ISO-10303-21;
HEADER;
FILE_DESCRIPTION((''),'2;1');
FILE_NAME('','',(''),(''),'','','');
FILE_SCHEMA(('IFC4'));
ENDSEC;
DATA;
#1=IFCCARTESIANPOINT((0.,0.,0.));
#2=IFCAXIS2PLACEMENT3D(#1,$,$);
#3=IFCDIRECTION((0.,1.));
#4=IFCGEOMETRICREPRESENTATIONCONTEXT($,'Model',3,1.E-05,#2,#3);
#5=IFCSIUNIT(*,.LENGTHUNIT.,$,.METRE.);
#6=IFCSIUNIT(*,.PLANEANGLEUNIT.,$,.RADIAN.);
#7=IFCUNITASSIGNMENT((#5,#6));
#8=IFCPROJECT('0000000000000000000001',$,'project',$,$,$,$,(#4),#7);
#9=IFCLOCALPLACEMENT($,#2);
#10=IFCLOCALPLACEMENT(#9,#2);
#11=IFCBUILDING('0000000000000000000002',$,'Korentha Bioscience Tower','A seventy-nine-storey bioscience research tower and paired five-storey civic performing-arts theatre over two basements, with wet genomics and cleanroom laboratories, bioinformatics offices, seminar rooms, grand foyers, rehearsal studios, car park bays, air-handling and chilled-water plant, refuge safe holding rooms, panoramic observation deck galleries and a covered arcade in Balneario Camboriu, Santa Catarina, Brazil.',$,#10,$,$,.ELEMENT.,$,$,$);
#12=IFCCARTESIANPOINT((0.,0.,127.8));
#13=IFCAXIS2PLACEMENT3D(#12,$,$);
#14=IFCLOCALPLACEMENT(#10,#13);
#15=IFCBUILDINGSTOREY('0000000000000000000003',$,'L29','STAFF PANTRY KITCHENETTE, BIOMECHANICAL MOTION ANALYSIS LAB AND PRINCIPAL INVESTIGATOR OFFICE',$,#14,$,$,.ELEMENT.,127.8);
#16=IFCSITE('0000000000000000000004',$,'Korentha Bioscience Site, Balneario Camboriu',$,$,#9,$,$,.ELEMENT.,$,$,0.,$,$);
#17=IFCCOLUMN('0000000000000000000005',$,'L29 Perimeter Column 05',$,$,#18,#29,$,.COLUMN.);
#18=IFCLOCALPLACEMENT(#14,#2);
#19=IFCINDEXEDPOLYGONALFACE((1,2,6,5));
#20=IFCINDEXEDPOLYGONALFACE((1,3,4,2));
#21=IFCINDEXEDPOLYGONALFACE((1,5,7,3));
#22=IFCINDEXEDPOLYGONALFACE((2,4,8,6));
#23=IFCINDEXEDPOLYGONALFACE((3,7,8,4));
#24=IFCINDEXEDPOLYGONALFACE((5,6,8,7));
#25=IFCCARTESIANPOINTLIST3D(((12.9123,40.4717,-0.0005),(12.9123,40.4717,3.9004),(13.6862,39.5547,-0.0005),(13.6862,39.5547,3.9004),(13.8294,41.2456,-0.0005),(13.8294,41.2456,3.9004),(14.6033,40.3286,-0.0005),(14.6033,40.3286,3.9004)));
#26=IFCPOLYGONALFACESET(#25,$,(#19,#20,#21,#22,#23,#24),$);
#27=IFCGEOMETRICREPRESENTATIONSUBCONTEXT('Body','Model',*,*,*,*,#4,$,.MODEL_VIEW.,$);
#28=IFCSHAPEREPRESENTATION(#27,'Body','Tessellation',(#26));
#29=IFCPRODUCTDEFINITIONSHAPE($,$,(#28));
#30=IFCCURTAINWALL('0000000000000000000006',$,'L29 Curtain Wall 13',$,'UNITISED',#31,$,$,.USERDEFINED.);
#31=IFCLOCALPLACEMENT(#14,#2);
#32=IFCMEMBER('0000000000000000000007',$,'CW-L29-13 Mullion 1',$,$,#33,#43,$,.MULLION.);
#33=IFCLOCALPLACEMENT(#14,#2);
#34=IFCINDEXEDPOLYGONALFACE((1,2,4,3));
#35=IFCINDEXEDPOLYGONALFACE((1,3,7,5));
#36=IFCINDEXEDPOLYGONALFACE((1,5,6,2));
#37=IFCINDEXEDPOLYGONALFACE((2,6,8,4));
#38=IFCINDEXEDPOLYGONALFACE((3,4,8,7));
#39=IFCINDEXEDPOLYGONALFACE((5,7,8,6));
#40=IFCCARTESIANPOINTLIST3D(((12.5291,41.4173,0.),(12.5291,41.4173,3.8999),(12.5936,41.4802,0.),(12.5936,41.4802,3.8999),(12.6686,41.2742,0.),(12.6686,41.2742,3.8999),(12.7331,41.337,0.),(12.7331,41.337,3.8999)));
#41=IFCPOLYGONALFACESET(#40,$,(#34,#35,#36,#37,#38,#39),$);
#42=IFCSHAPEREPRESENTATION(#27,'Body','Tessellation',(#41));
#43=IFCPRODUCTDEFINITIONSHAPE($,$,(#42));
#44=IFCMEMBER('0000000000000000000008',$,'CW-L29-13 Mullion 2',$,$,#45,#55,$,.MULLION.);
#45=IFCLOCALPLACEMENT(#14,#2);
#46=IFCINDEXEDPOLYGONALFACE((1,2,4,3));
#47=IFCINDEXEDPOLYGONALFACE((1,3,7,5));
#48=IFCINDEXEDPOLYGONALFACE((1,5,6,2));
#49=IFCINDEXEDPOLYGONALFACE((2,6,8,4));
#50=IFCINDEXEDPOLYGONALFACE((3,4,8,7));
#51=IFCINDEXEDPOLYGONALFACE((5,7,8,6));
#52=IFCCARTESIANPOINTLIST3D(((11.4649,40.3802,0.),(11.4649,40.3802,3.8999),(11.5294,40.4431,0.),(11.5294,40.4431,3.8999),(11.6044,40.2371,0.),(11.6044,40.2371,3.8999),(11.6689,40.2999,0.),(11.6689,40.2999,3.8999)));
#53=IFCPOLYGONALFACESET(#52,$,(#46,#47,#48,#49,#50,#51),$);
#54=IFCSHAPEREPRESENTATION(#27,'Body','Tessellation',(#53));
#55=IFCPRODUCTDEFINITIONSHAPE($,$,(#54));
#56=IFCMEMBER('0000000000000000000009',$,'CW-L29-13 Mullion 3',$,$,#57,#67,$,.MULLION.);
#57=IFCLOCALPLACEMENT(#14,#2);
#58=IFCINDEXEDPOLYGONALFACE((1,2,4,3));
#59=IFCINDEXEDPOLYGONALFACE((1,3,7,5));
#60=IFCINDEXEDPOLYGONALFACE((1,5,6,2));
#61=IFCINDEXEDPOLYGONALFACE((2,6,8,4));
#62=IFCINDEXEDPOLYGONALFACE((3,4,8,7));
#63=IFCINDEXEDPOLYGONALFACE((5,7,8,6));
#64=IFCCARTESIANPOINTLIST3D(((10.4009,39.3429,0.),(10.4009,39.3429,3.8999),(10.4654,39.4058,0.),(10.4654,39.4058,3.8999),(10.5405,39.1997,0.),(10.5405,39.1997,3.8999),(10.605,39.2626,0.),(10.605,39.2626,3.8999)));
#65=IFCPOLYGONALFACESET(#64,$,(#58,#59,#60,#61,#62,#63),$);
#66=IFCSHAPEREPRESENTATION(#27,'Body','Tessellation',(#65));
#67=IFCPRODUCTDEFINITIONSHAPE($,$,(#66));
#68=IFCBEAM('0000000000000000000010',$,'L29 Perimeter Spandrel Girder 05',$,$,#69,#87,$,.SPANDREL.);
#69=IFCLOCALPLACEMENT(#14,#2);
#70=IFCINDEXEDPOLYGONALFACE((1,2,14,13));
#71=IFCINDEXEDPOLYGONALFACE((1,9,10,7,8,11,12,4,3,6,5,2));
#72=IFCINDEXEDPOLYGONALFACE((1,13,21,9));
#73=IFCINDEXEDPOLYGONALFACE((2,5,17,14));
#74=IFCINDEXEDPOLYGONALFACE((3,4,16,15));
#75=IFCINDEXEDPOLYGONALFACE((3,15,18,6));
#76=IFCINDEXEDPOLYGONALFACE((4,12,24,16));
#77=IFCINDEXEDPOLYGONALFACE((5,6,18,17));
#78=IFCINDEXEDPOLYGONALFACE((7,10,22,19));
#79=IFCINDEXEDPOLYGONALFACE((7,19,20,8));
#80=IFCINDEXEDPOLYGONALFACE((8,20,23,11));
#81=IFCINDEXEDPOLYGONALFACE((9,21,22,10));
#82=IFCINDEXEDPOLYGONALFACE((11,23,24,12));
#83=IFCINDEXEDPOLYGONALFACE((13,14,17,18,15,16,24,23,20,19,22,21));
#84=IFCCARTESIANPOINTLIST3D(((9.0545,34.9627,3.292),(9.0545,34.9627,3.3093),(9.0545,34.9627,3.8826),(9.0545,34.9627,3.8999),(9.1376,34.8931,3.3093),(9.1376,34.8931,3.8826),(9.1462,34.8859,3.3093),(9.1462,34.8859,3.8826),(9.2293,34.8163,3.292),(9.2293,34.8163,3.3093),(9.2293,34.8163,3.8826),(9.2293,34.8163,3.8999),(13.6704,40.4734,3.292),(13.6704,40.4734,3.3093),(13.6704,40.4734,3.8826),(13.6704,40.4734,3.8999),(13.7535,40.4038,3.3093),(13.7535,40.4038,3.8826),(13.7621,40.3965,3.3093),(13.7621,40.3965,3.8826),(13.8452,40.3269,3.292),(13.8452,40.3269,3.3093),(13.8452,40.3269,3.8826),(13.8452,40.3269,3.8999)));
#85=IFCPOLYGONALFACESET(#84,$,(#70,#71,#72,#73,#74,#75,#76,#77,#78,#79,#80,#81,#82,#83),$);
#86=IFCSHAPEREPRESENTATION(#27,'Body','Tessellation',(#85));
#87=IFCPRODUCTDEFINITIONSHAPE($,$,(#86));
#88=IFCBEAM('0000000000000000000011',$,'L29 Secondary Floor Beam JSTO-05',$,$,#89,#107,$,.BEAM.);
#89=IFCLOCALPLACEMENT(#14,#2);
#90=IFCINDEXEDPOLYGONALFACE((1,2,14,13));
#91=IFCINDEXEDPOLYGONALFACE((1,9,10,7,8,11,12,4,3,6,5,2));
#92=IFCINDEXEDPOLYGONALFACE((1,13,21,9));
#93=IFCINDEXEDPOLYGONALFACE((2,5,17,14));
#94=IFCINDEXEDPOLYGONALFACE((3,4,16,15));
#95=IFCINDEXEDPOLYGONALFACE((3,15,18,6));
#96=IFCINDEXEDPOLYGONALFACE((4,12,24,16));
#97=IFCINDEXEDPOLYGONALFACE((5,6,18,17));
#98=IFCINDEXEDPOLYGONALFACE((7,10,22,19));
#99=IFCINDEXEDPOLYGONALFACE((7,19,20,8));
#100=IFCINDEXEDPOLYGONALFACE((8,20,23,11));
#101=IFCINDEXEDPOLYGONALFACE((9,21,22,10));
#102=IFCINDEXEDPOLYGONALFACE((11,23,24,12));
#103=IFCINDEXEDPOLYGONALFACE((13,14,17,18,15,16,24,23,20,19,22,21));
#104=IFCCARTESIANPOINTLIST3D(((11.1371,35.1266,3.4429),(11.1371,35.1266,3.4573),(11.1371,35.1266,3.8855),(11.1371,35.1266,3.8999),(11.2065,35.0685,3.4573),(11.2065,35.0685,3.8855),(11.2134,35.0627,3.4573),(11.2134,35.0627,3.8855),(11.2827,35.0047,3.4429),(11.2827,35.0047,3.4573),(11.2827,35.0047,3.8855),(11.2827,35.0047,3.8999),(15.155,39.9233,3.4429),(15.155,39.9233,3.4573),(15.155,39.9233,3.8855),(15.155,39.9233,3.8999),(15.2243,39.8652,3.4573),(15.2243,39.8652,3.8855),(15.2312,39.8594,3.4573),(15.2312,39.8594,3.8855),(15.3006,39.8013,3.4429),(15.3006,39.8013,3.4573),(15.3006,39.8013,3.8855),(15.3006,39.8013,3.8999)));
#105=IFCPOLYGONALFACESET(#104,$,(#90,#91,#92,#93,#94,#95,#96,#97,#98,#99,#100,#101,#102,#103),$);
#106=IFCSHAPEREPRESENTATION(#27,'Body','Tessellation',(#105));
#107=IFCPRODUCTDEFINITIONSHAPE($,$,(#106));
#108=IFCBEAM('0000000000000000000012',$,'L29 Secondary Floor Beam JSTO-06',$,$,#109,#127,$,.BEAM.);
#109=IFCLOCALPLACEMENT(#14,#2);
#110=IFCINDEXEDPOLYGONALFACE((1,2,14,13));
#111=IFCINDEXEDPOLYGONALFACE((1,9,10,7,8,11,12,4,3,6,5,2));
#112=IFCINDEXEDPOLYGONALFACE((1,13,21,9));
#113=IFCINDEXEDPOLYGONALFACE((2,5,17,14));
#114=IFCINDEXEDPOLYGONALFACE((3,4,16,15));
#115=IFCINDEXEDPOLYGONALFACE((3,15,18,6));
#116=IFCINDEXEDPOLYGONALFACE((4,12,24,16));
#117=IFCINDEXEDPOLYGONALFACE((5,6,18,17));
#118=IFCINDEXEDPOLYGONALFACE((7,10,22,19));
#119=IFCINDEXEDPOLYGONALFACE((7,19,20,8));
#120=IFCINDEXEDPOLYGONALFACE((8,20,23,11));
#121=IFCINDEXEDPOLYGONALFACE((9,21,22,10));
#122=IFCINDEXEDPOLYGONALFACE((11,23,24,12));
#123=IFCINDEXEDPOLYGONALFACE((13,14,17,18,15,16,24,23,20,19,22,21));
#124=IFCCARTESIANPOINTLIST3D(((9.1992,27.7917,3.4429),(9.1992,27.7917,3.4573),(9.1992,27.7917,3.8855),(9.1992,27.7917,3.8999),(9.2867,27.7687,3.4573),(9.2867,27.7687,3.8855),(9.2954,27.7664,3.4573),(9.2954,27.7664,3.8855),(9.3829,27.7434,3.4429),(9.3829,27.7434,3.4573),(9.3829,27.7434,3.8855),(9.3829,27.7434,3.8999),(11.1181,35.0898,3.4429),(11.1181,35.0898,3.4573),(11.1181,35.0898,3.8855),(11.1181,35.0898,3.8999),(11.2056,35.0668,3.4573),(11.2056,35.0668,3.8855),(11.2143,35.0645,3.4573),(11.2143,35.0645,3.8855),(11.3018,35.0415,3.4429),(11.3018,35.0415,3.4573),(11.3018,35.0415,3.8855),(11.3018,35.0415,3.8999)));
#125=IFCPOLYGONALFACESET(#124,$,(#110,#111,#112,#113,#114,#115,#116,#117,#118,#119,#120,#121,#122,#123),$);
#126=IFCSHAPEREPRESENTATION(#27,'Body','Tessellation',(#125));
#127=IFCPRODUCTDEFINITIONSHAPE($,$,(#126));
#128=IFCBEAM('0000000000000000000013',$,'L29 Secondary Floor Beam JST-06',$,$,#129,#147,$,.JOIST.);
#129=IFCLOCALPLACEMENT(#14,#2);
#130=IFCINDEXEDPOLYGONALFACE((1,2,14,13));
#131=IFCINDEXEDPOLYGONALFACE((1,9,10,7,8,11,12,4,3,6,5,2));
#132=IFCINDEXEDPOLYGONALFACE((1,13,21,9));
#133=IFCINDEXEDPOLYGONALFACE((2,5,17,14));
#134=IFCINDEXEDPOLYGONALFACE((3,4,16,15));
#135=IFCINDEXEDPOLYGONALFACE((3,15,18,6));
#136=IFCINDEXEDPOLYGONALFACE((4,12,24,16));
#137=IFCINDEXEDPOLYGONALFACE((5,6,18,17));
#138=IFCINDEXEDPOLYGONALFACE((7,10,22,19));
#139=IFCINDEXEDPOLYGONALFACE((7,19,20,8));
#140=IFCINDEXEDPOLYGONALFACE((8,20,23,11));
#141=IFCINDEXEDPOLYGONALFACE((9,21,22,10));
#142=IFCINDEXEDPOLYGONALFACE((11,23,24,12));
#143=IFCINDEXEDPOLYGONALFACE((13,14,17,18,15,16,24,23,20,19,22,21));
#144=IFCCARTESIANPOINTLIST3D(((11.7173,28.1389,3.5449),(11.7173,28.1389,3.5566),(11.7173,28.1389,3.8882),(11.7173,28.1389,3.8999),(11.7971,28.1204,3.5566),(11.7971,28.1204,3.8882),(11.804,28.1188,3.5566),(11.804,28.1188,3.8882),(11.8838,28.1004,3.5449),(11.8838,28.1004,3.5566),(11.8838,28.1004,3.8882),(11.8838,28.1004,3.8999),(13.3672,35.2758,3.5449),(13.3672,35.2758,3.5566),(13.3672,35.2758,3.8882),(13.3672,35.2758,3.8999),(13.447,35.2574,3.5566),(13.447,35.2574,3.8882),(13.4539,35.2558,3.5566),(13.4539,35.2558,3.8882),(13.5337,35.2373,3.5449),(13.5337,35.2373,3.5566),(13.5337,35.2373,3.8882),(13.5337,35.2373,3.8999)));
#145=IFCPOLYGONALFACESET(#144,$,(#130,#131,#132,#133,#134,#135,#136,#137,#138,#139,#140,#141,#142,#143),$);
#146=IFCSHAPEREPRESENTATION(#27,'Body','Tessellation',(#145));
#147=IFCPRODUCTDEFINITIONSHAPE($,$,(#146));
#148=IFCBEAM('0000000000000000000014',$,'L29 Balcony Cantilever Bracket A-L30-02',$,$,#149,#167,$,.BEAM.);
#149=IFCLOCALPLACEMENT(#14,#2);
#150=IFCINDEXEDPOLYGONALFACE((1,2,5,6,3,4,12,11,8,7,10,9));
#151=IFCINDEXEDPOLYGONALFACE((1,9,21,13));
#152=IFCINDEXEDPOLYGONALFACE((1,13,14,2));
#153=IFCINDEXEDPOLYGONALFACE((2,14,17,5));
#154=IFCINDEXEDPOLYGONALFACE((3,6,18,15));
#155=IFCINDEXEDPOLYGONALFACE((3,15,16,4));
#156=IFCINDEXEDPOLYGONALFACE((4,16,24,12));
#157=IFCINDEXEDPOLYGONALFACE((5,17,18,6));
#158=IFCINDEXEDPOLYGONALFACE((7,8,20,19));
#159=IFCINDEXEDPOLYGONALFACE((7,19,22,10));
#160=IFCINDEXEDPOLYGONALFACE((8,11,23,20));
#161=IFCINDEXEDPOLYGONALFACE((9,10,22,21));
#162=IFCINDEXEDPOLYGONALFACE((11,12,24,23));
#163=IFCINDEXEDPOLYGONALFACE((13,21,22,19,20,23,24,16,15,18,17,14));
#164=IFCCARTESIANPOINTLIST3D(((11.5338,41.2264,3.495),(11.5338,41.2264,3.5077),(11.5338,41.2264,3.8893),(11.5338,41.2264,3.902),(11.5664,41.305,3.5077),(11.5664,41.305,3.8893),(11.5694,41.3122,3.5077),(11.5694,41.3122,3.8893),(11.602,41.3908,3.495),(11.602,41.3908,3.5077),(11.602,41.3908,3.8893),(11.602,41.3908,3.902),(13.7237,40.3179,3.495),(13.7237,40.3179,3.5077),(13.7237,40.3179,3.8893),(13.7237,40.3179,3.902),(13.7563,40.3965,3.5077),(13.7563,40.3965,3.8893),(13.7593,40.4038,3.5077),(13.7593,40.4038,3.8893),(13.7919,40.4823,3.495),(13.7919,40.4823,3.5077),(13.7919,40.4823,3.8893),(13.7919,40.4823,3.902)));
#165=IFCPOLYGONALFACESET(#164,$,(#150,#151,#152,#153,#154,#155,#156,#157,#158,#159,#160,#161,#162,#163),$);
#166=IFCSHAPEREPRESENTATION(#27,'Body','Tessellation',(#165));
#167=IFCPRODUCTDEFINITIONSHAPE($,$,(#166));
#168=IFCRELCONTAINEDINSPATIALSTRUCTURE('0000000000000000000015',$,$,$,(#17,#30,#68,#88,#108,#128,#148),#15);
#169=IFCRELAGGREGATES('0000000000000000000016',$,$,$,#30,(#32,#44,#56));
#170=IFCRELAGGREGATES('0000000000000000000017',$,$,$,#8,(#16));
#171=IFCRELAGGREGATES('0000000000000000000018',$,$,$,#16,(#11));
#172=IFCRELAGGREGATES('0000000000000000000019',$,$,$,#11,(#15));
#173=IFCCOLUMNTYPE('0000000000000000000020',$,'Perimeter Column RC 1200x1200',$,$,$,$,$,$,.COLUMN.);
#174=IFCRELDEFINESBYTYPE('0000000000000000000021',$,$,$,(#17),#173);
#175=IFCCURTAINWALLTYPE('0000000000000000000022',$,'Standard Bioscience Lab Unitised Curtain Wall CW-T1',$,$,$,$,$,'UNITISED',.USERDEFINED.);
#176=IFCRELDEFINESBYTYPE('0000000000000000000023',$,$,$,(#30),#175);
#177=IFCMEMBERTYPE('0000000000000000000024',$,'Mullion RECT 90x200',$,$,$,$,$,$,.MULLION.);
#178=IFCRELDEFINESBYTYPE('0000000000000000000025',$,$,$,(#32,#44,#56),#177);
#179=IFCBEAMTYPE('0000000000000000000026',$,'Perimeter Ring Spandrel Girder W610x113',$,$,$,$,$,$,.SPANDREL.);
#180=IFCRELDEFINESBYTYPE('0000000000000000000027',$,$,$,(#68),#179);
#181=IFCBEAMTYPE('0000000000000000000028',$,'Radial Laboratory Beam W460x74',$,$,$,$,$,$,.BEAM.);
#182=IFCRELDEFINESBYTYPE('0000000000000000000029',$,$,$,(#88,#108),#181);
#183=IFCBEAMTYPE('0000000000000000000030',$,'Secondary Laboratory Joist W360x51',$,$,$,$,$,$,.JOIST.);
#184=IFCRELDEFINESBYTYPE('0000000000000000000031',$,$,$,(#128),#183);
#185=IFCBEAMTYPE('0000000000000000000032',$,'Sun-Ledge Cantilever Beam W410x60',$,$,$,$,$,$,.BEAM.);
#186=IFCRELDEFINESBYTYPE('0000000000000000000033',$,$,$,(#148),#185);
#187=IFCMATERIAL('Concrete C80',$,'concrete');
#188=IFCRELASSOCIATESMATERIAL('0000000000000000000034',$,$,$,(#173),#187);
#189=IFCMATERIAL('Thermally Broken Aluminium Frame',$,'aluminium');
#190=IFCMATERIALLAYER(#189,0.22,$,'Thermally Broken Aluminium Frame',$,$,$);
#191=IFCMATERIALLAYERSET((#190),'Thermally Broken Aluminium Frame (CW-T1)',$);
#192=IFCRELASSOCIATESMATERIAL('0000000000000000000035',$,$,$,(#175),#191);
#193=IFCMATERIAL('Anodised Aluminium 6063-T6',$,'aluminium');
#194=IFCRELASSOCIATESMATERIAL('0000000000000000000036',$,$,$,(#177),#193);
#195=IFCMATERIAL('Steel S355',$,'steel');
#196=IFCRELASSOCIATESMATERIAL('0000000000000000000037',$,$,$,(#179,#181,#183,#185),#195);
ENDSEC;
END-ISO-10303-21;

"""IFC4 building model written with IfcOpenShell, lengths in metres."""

from ifc_helpers import new_model, si_unit, direction, frame, origin, origin_2d, place, context, subcontext, project, spatial, rectangle, i_section, extrude, material, layer, layer_set, material_profile, profile_set, type_object, element, aggregate, save


model = new_model("IFC4")

# Units and contexts
model_context = context("Model", 3, precision=1e-05, world=origin(), true_north=direction((0.0, 1.0)))
body_context = subcontext(model_context, "Body", "Model", "MODEL_VIEW")
ifc_project = project(units=[si_unit("LENGTHUNIT", "METRE"), si_unit("PLANEANGLEUNIT", "RADIAN")], contexts=[model_context])

# Site, building, storey
site_placement = place(None, origin())
site = spatial("IfcSite", under=ifc_project, at=site_placement, Name="Korentha Bioscience Site, Balneario Camboriu", CompositionType="ELEMENT", RefElevation=0.0)
building_placement = place(site_placement, origin())
building = spatial("IfcBuilding", under=site, at=building_placement, Name="Korentha Bioscience Tower", Description="A seventy-nine-storey bioscience research tower and paired five-storey civic performing-arts theatre over two basements, with wet genomics and cleanroom laboratories, bioinformatics offices, seminar rooms, grand foyers, rehearsal studios, car park bays, air-handling and chilled-water plant, refuge safe holding rooms, panoramic observation deck galleries and a covered arcade in Balneario Camboriu, Santa Catarina, Brazil.", CompositionType="ELEMENT")
storey_placement = place(building_placement, frame((0.0, 0.0, 127.8)))
storey = spatial("IfcBuildingStorey", under=building, at=storey_placement, Name="L29", Description="STAFF PANTRY KITCHENETTE, BIOMECHANICAL MOTION ANALYSIS LAB AND PRINCIPAL INVESTIGATOR OFFICE", CompositionType="ELEMENT", Elevation=127.8)

# Column
ifc_material_1 = material(Name="Concrete C80", Category="concrete")
ifc_material_profile_1 = material_profile(ifc_material_1, rectangle(XDim=1.2, YDim=1.2, at=origin_2d()), Name="Concrete C80")
ifc_profile_set_1 = profile_set([ifc_material_profile_1], Name="Concrete C80 (COL-P12)")
column_type = type_object("IfcColumnType", Name="Perimeter Column RC 1200x1200", PredefinedType="COLUMN", material=ifc_profile_set_1)
column_placement = place(storey_placement, frame((13.7578, 40.4001, -0.0005), z_axis=(0.0, 0.0, 1.0), x_axis=(0.764246, 0.644924, 0.0)))
element("IfcColumn", 1, at=column_placement, inside=storey, type_object=column_type, Name="L29 Perimeter Column 05", PredefinedType="COLUMN", context=body_context, shape_type="SweptSolid", body=[
    extrude(rectangle(XDim=1.2, YDim=1.2, at=origin_2d()), origin(), (0.0, 0.0, 1.0), 3.9009),
])

# Curtain wall, members
ifc_material_2 = material(Name="Thermally Broken Aluminium Frame", Category="aluminium")
ifc_layer_1 = layer(ifc_material_2, 0.22, Name="Thermally Broken Aluminium Frame")
ifc_layer_set_1 = layer_set([ifc_layer_1], Name="Thermally Broken Aluminium Frame (CW-T1)")
curtain_wall_type = type_object("IfcCurtainWallType", Name="Standard Bioscience Lab Unitised Curtain Wall CW-T1", ElementType="UNITISED", PredefinedType="USERDEFINED", material=ifc_layer_set_1)
curtain_wall_placement = place(storey_placement, origin())
curtain_wall = element("IfcCurtainWall", 2, at=curtain_wall_placement, inside=storey, type_object=curtain_wall_type, Name="L29 Curtain Wall 13", ObjectType="UNITISED", PredefinedType="USERDEFINED")
ifc_material_3 = material(Name="Anodised Aluminium 6063-T6", Category="aluminium")
ifc_material_profile_2 = material_profile(ifc_material_3, rectangle(XDim=0.0901, YDim=0.2, at=origin_2d()), Name="Anodised Aluminium 6063-T6")
ifc_profile_set_2 = profile_set([ifc_material_profile_2], Name="Anodised Aluminium 6063-T6 (CW-MUL)")
member_type_1 = type_object("IfcMemberType", Name="Mullion RECT 90x200", PredefinedType="MULLION", material=ifc_profile_set_2)
member_1_placement = place(storey_placement, frame((12.6311, 41.3772, 0.0), z_axis=(0.0, 0.0, 1.0), x_axis=(-0.716096, -0.698002, 0.0)))
member_1 = element("IfcMember", 3, at=member_1_placement, type_object=member_type_1, Name="CW-L29-13 Mullion 1", PredefinedType="MULLION", context=body_context, shape_type="SweptSolid", body=[
    extrude(rectangle(XDim=0.0901, YDim=0.2, at=origin_2d()), origin(), (0.0, 0.0, 1.0), 3.8999),
])
member_2_placement = place(storey_placement, frame((11.5669, 40.3401, 0.0), z_axis=(0.0, 0.0, 1.0), x_axis=(-0.716096, -0.698002, 0.0)))
member_2 = element("IfcMember", 4, at=member_2_placement, type_object=member_type_1, Name="CW-L29-13 Mullion 2", PredefinedType="MULLION", context=body_context, shape_type="SweptSolid", body=[
    extrude(rectangle(XDim=0.0901, YDim=0.2, at=origin_2d()), origin(), (0.0, 0.0, 1.0), 3.8999),
])
member_3_placement = place(storey_placement, frame((10.5029, 39.3027, 0.0), z_axis=(0.0, 0.0, 1.0), x_axis=(-0.716096, -0.698002, 0.0)))
member_3 = element("IfcMember", 5, at=member_3_placement, type_object=member_type_1, Name="CW-L29-13 Mullion 3", PredefinedType="MULLION", context=body_context, shape_type="SweptSolid", body=[
    extrude(rectangle(XDim=0.0901, YDim=0.2, at=origin_2d()), origin(), (0.0, 0.0, 1.0), 3.8999),
])

# Beams
ifc_material_4 = material(Name="Steel S355", Category="steel")
ifc_material_profile_3 = material_profile(ifc_material_4, i_section(OverallWidth=0.228, OverallDepth=0.6079, WebThickness=0.0112, FlangeThickness=0.0173, at=origin_2d()), Name="Steel S355")
ifc_profile_set_3 = profile_set([ifc_material_profile_3], Name="Steel S355 (SB-610)")
beam_type_1 = type_object("IfcBeamType", Name="Perimeter Ring Spandrel Girder W610x113", PredefinedType="SPANDREL", material=ifc_profile_set_3)
beam_1_placement = place(storey_placement, frame((13.7578, 40.4001, 3.5959), z_axis=(-0.642127, -0.766599, 0.0), x_axis=(0.766599, -0.642127, 0.0)))
element("IfcBeam", 6, at=beam_1_placement, inside=storey, type_object=beam_type_1, Name="L29 Perimeter Spandrel Girder 05", PredefinedType="SPANDREL", context=body_context, shape_type="SweptSolid", body=[
    extrude(i_section(OverallWidth=0.228, OverallDepth=0.6079, WebThickness=0.0112, FlangeThickness=0.0173, at=origin_2d()), origin(), (0.0, 0.0, 1.0), 7.1885),
])
ifc_material_profile_4 = material_profile(ifc_material_4, i_section(OverallWidth=0.1899, OverallDepth=0.457, WebThickness=0.009, FlangeThickness=0.0144, at=origin_2d()), Name="Steel S355")
ifc_profile_set_4 = profile_set([ifc_material_profile_4], Name="Steel S355 (RB-460)")
beam_type_2 = type_object("IfcBeamType", Name="Radial Laboratory Beam W460x74", PredefinedType="BEAM", material=ifc_profile_set_4)
beam_2_placement = place(storey_placement, frame((15.2278, 39.8623, 3.6714), z_axis=(-0.642128, -0.766597, 0.0), x_axis=(0.766597, -0.642128, 0.0)))
element("IfcBeam", 7, at=beam_2_placement, inside=storey, type_object=beam_type_2, Name="L29 Secondary Floor Beam JSTO-05", PredefinedType="BEAM", context=body_context, shape_type="SweptSolid", body=[
    extrude(i_section(OverallWidth=0.1899, OverallDepth=0.457, WebThickness=0.009, FlangeThickness=0.0144, at=origin_2d()), origin(), (0.0, 0.0, 1.0), 6.2571),
])
beam_3_placement = place(storey_placement, frame((11.21, 35.0657, 3.6714), z_axis=(-0.254294, -0.967127, 0.0), x_axis=(0.967127, -0.254294, 0.0)))
element("IfcBeam", 8, at=beam_3_placement, inside=storey, type_object=beam_type_2, Name="L29 Secondary Floor Beam JSTO-06", PredefinedType="BEAM", context=body_context, shape_type="SweptSolid", body=[
    extrude(i_section(OverallWidth=0.1899, OverallDepth=0.457, WebThickness=0.009, FlangeThickness=0.0144, at=origin_2d()), origin(), (0.0, 0.0, 1.0), 7.5461),
])
ifc_material_profile_5 = material_profile(ifc_material_4, i_section(OverallWidth=0.1709, OverallDepth=0.355, WebThickness=0.0071, FlangeThickness=0.0117, at=origin_2d()), Name="Steel S355")
ifc_profile_set_5 = profile_set([ifc_material_profile_5], Name="Steel S355 (JB-360)")
beam_type_3 = type_object("IfcBeamType", Name="Secondary Laboratory Joist W360x51", PredefinedType="JOIST", material=ifc_profile_set_5)
beam_4_placement = place(storey_placement, frame((13.4504, 35.2566, 3.7224), z_axis=(-0.225237, -0.974304, 0.0), x_axis=(0.974304, -0.225237, 0.0)))
element("IfcBeam", 9, at=beam_4_placement, inside=storey, type_object=beam_type_3, Name="L29 Secondary Floor Beam JST-06", PredefinedType="JOIST", context=body_context, shape_type="SweptSolid", body=[
    extrude(i_section(OverallWidth=0.1709, OverallDepth=0.355, WebThickness=0.0071, FlangeThickness=0.0117, at=origin_2d()), origin(), (0.0, 0.0, 1.0), 7.3252),
])
ifc_material_profile_6 = material_profile(ifc_material_4, i_section(OverallWidth=0.178, OverallDepth=0.407, WebThickness=0.0078, FlangeThickness=0.0127, at=origin_2d()), Name="Steel S355")
ifc_profile_set_6 = profile_set([ifc_material_profile_6], Name="Steel S355 (CB-410)")
beam_type_4 = type_object("IfcBeamType", Name="Sun-Ledge Cantilever Beam W410x60", PredefinedType="BEAM", material=ifc_profile_set_6)
beam_5_placement = place(storey_placement, frame((13.7578, 40.4001, 3.6985), z_axis=(-0.923679, 0.383167, 0.0), x_axis=(-0.383167, -0.923679, 0.0)))
element("IfcBeam", 10, at=beam_5_placement, inside=storey, type_object=beam_type_4, Name="L29 Balcony Cantilever Bracket A-L30-02", PredefinedType="BEAM", context=body_context, shape_type="SweptSolid", body=[
    extrude(i_section(OverallWidth=0.178, OverallDepth=0.407, WebThickness=0.0078, FlangeThickness=0.0127, at=origin_2d()), origin(), (0.0, 0.0, 1.0), 2.3708),
])

aggregate(curtain_wall, [member_1, member_2, member_3])

save(model, "model.ifc")
